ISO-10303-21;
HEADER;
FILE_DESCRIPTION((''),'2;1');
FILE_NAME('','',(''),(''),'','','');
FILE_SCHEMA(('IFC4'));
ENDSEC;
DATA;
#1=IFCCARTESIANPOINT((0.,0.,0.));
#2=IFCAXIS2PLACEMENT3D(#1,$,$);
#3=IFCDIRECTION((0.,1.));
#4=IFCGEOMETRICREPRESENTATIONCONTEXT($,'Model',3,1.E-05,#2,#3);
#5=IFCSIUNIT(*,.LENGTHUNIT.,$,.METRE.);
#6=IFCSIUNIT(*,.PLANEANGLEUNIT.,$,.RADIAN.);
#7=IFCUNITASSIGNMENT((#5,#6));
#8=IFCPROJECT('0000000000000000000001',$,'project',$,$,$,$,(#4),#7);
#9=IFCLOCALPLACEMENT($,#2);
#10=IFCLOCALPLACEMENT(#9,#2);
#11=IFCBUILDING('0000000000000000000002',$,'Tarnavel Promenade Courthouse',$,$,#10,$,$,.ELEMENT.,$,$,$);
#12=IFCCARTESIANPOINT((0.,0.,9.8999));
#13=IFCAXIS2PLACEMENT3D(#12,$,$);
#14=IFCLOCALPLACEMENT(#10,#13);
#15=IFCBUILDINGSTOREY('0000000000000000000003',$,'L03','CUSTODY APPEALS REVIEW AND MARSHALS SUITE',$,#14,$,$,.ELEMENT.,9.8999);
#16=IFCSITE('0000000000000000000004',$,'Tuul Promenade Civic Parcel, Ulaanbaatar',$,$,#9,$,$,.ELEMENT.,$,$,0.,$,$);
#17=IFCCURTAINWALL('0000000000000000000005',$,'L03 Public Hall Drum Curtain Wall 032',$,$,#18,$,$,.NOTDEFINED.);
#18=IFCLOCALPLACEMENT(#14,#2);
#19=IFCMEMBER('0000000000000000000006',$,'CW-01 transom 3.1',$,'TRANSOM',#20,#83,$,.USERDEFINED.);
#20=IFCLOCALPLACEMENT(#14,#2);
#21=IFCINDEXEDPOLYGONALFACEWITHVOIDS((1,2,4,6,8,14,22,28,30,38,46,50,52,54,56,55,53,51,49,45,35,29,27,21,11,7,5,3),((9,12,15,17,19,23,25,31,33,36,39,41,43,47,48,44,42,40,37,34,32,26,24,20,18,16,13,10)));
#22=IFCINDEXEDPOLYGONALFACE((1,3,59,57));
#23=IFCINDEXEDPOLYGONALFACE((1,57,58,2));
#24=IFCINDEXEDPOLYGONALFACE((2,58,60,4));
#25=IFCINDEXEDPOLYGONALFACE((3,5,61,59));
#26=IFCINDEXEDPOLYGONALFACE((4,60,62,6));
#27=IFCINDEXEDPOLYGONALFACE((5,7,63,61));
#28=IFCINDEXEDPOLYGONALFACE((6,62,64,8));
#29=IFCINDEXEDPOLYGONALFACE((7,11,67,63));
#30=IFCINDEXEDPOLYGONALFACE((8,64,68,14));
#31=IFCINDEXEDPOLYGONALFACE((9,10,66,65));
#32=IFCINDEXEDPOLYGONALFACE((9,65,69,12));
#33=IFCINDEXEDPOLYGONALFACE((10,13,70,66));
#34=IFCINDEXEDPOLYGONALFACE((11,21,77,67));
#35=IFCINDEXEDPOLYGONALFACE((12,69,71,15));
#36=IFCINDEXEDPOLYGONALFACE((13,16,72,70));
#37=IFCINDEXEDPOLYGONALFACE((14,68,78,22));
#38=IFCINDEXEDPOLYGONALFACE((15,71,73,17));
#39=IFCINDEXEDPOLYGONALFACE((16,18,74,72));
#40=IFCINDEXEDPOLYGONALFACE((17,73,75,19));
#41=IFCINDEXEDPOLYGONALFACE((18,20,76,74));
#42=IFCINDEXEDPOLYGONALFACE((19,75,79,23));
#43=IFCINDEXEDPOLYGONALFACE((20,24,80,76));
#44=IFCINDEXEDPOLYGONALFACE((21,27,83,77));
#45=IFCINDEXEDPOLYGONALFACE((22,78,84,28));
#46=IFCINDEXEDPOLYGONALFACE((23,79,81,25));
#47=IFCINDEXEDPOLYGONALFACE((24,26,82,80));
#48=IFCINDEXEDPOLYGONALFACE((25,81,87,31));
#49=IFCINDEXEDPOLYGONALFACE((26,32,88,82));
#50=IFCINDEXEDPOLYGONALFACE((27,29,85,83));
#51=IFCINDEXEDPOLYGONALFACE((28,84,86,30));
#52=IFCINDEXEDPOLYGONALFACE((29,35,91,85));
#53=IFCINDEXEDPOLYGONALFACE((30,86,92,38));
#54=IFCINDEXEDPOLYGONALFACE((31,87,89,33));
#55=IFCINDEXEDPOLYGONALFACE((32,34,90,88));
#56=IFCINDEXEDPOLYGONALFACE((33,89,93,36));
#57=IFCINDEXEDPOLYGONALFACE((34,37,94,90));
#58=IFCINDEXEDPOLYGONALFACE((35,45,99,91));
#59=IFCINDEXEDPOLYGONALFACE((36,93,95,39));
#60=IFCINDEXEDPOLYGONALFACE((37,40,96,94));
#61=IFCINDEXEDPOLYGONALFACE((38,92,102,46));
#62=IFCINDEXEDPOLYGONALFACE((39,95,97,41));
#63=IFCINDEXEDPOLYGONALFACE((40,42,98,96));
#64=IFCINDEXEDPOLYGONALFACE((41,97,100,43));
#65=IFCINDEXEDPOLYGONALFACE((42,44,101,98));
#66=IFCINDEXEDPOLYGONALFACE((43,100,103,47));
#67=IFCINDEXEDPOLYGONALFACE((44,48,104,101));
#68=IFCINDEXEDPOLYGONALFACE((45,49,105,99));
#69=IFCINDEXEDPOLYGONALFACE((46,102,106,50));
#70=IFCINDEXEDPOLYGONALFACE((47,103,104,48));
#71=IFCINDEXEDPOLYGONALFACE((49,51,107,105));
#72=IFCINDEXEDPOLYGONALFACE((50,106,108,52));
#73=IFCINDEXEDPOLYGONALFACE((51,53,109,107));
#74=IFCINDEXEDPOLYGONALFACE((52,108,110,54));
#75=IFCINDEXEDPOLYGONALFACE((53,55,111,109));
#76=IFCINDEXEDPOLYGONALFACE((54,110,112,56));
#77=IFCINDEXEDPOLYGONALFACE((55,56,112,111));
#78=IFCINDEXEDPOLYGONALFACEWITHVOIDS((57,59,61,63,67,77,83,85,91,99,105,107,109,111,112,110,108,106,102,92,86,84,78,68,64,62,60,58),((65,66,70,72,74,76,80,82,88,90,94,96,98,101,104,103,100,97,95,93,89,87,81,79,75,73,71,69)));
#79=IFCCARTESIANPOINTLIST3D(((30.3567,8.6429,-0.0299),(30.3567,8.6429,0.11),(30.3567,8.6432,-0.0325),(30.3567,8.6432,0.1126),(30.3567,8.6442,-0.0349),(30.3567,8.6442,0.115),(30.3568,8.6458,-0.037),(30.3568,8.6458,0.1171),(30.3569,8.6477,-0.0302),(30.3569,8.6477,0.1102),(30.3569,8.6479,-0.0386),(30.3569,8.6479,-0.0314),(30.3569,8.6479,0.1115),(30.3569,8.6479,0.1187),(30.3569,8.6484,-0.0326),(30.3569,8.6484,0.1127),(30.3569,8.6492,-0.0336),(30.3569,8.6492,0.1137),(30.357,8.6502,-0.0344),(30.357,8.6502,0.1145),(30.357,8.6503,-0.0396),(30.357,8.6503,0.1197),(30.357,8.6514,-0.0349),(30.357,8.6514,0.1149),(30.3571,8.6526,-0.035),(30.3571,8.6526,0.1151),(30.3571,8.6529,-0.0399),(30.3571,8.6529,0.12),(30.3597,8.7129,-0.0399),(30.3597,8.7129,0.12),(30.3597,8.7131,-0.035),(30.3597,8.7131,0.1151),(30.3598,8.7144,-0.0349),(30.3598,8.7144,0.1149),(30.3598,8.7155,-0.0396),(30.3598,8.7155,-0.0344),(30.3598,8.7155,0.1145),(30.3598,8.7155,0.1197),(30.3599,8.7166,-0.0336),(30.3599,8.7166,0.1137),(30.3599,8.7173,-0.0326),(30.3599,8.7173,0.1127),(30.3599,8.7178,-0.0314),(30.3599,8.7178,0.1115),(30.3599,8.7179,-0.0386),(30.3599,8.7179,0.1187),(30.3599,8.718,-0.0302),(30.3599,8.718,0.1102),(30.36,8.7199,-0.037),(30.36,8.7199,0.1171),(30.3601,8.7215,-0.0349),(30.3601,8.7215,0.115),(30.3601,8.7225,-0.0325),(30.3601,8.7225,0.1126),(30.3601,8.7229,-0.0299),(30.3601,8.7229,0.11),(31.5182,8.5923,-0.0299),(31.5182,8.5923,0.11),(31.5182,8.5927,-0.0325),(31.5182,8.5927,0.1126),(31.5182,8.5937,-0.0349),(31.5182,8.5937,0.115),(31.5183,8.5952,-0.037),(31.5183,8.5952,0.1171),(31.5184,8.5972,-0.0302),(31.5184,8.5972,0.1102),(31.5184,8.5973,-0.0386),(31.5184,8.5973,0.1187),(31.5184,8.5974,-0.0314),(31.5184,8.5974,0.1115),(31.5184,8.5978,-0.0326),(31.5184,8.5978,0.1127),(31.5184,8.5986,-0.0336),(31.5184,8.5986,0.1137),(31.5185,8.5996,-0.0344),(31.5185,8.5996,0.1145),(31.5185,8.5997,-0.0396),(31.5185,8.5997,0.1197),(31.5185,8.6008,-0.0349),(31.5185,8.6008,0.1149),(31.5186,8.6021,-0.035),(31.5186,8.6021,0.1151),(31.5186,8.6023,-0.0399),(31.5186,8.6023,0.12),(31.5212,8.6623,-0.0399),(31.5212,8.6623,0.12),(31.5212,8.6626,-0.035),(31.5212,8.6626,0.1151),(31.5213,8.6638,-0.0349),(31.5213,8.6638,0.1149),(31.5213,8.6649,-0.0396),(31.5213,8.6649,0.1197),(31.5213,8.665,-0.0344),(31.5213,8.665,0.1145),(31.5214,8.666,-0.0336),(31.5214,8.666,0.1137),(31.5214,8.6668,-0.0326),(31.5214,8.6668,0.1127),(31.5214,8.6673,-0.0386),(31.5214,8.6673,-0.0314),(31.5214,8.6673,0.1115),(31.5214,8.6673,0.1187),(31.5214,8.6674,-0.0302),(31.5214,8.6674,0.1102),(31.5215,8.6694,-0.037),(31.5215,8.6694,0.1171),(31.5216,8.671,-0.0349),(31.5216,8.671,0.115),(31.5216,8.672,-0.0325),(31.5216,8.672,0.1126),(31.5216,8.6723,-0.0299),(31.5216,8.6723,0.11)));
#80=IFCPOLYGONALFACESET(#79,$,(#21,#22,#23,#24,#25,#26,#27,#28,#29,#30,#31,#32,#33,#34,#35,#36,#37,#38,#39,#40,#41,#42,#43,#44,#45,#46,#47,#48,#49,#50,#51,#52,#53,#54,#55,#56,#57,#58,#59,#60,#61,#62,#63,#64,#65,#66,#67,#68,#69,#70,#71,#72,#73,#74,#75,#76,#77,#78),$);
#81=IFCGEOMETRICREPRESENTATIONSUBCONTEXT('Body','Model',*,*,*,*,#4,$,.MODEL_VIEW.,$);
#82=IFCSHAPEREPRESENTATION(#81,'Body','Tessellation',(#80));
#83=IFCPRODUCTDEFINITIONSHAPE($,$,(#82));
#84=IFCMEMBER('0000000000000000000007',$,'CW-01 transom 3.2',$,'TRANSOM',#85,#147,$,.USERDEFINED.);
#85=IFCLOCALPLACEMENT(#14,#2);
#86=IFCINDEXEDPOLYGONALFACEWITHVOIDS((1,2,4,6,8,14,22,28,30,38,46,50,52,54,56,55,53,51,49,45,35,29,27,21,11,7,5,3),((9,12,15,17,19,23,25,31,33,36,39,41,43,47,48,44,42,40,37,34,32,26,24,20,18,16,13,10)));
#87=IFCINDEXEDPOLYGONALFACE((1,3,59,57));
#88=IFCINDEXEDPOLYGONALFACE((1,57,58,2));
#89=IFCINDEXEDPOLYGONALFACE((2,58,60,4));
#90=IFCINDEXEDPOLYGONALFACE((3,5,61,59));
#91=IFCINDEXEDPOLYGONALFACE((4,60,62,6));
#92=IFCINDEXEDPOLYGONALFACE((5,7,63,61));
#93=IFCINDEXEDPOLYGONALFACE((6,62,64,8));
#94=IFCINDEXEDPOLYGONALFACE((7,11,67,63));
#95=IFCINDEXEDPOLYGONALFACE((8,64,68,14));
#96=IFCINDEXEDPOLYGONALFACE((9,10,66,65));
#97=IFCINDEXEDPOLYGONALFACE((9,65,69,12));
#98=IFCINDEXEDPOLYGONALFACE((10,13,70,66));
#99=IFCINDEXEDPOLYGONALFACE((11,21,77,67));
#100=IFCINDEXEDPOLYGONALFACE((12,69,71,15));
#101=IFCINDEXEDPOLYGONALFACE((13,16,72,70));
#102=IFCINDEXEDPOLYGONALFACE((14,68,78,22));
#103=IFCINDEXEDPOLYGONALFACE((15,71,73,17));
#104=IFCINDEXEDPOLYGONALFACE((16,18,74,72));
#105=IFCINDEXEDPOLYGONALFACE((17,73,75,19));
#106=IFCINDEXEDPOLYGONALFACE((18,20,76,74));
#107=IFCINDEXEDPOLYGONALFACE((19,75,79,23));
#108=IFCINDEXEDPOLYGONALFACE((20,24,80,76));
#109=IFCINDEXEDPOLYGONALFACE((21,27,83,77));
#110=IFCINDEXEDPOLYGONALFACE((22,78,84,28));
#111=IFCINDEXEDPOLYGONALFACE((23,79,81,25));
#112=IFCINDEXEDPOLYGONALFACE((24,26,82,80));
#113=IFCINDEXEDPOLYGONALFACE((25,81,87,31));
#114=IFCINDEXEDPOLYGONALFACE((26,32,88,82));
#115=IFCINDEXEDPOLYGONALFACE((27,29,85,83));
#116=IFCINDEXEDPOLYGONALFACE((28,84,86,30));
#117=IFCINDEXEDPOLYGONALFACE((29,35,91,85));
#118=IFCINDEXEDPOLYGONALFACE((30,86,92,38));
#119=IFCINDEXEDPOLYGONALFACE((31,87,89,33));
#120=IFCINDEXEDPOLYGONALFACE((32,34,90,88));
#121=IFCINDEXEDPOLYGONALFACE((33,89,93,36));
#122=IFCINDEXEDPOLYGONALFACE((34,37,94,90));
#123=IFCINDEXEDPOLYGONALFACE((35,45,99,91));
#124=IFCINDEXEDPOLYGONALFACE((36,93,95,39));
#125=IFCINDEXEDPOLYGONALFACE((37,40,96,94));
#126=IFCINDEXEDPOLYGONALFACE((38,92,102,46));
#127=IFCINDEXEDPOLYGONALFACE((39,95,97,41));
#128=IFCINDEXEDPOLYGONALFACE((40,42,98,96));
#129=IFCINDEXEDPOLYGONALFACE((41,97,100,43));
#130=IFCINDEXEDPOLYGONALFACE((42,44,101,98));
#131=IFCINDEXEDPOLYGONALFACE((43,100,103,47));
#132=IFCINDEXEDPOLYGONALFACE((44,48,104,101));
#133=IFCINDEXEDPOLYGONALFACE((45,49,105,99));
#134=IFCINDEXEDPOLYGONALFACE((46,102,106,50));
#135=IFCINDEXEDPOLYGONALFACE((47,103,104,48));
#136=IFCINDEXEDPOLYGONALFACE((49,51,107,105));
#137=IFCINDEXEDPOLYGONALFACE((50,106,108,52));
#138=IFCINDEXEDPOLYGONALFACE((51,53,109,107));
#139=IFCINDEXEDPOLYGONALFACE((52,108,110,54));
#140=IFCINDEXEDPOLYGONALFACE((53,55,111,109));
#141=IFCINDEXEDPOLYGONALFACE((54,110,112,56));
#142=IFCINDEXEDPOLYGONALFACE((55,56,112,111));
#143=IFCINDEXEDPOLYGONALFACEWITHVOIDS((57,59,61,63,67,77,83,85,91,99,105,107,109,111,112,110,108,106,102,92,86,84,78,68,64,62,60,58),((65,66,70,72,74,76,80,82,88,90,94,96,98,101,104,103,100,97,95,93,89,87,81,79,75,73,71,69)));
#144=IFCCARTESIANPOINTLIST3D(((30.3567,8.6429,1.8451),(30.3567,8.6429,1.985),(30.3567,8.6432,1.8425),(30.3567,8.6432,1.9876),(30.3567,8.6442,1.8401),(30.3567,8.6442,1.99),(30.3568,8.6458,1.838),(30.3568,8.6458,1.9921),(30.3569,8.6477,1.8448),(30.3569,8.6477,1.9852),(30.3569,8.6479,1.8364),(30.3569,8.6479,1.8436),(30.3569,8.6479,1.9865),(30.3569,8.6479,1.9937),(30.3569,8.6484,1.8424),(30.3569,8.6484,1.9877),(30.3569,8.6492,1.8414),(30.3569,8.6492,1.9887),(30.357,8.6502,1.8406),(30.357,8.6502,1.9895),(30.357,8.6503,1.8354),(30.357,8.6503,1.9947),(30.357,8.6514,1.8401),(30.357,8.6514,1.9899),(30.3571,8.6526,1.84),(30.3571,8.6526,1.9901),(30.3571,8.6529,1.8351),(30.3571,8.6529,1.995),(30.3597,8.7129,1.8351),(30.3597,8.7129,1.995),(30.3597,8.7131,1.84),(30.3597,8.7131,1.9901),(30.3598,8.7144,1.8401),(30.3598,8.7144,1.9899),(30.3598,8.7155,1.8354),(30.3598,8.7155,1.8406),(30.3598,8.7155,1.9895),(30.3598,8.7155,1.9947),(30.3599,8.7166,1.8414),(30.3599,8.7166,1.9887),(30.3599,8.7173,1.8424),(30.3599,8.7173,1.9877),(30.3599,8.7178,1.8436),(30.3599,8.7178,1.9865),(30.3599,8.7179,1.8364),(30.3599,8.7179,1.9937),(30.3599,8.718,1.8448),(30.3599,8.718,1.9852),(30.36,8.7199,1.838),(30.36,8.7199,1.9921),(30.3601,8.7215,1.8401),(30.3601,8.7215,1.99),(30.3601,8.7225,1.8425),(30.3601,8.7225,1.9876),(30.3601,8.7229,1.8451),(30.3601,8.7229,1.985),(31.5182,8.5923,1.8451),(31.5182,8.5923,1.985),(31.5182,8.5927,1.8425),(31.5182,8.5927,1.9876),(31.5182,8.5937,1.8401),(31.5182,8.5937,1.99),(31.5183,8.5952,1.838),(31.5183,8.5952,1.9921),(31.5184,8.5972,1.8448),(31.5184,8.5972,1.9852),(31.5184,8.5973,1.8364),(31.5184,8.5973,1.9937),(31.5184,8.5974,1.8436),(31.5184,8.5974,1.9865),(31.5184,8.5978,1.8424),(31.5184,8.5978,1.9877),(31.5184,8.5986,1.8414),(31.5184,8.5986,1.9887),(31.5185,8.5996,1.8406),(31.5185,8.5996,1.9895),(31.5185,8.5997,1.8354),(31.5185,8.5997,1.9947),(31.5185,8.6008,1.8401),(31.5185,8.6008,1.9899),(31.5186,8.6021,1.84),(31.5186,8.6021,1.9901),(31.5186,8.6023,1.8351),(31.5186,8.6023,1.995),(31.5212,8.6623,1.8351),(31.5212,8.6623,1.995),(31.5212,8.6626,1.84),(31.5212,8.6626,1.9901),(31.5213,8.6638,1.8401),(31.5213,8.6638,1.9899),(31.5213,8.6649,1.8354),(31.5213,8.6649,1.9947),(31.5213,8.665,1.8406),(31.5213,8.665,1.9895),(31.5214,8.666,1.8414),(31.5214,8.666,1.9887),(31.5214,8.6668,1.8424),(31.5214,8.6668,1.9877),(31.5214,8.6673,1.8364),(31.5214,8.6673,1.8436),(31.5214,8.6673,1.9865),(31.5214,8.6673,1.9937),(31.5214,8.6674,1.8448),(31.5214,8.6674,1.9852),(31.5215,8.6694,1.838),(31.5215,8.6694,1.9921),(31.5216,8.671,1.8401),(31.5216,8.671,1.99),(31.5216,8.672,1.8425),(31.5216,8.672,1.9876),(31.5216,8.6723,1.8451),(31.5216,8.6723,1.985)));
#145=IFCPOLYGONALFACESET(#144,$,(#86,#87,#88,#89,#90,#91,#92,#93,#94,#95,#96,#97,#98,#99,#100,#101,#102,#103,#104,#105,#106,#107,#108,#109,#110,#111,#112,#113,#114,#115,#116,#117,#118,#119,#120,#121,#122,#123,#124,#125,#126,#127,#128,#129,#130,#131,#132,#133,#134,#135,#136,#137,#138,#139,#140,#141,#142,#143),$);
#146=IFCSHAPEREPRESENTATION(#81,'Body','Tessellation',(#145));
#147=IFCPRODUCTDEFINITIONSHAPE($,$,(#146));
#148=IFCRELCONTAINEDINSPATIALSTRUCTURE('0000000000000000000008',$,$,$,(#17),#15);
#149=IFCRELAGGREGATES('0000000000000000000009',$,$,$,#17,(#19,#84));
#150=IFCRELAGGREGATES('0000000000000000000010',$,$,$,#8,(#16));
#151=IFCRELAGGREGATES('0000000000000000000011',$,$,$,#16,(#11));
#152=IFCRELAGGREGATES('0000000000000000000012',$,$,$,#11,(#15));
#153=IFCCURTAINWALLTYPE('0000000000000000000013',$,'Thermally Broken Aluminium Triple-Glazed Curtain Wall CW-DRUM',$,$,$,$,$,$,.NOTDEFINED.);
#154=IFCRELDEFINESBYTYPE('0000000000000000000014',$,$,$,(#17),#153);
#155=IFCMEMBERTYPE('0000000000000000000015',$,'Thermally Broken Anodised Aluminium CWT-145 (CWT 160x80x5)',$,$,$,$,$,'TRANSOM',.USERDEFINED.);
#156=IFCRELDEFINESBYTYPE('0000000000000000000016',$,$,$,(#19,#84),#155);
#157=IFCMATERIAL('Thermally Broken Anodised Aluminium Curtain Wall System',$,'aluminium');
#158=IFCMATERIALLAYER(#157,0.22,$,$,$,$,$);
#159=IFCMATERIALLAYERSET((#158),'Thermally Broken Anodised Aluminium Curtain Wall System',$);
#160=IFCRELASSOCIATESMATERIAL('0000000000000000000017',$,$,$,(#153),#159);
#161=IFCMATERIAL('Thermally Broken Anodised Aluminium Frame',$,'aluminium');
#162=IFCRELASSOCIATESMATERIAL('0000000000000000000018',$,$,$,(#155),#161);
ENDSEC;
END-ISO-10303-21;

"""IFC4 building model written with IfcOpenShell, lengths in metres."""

from ifc_helpers import new_model, si_unit, direction, frame, origin, origin_2d, place, context, subcontext, project, spatial, hollow_rectangle, extrude, material, layer, layer_set, material_profile, profile_set, type_object, element, aggregate, save


model = new_model("IFC4")

# Units and contexts
model_context = context("Model", 3, precision=1e-05, world=origin(), true_north=direction((0.0, 1.0)))
body_context = subcontext(model_context, "Body", "Model", "MODEL_VIEW")
ifc_project = project(units=[si_unit("LENGTHUNIT", "METRE"), si_unit("PLANEANGLEUNIT", "RADIAN")], contexts=[model_context])

# Site, building, storey
site_placement = place(None, origin())
site = spatial("IfcSite", under=ifc_project, at=site_placement, Name="Tuul Promenade Civic Parcel, Ulaanbaatar", CompositionType="ELEMENT", RefElevation=0.0)
building_placement = place(site_placement, origin())
building = spatial("IfcBuilding", under=site, at=building_placement, Name="Tarnavel Promenade Courthouse", CompositionType="ELEMENT")
storey_placement = place(building_placement, frame((0.0, 0.0, 9.8999)))
storey = spatial("IfcBuildingStorey", under=building, at=storey_placement, Name="L03", Description="CUSTODY APPEALS REVIEW AND MARSHALS SUITE", CompositionType="ELEMENT", Elevation=9.8999)

# Curtain wall
ifc_material_1 = material(Name="Thermally Broken Anodised Aluminium Curtain Wall System", Category="aluminium")
ifc_layer_1 = layer(ifc_material_1, 0.22)
ifc_layer_set_1 = layer_set([ifc_layer_1], Name="Thermally Broken Anodised Aluminium Curtain Wall System")
curtain_wall_type = type_object("IfcCurtainWallType", Name="Thermally Broken Aluminium Triple-Glazed Curtain Wall CW-DRUM", PredefinedType="NOTDEFINED", material=ifc_layer_set_1)
curtain_wall_1_placement = place(storey_placement, origin())
curtain_wall_1 = element("IfcCurtainWall", 1, at=curtain_wall_1_placement, inside=storey, type_object=curtain_wall_type, Name="L03 Public Hall Drum Curtain Wall 032", PredefinedType="NOTDEFINED")
ifc_material_2 = material(Name="Thermally Broken Anodised Aluminium Frame", Category="aluminium")

# Members
ifc_material_profile_1 = material_profile(ifc_material_2, hollow_rectangle(XDim=0.0801, YDim=0.1599, WallThickness=0.0049, InnerFilletRadius=0.0049, OuterFilletRadius=0.01, at=origin_2d()), Name="CWT 160x80x5")
ifc_profile_set_1 = profile_set([ifc_material_profile_1], Name="Thermally Broken Anodised Aluminium Frame")
member_type_1 = type_object("IfcMemberType", Name="Thermally Broken Anodised Aluminium CWT-145 (CWT 160x80x5)", ElementType="TRANSOM", PredefinedType="USERDEFINED", material=ifc_profile_set_1)
member_1_placement = place(storey_placement, frame((30.3584, 8.6829, 0.04), z_axis=(0.999055, -0.043474, 0.0), x_axis=(0.043474, 0.999055, 0.0)))
member_1 = element("IfcMember", 2, at=member_1_placement, type_object=member_type_1, Name="CW-01 transom 3.1", ObjectType="TRANSOM", PredefinedType="USERDEFINED", context=body_context, shape_type="SweptSolid", body=[
    extrude(hollow_rectangle(XDim=0.0801, YDim=0.1599, WallThickness=0.0049, InnerFilletRadius=0.0049, OuterFilletRadius=0.01, at=origin_2d()), origin(), (0.0, 0.0, 1.0), 1.1626),
])
member_2_placement = place(storey_placement, frame((30.3584, 8.6829, 1.915), z_axis=(0.999055, -0.043474, 0.0), x_axis=(0.043474, 0.999055, 0.0)))
member_2 = element("IfcMember", 3, at=member_2_placement, type_object=member_type_1, Name="CW-01 transom 3.2", ObjectType="TRANSOM", PredefinedType="USERDEFINED", context=body_context, shape_type="SweptSolid", body=[
    extrude(hollow_rectangle(XDim=0.0801, YDim=0.1599, WallThickness=0.0049, InnerFilletRadius=0.0049, OuterFilletRadius=0.01, at=origin_2d()), origin(), (0.0, 0.0, 1.0), 1.1626),
])

aggregate(curtain_wall_1, [member_1, member_2])

save(model, "model.ifc")
